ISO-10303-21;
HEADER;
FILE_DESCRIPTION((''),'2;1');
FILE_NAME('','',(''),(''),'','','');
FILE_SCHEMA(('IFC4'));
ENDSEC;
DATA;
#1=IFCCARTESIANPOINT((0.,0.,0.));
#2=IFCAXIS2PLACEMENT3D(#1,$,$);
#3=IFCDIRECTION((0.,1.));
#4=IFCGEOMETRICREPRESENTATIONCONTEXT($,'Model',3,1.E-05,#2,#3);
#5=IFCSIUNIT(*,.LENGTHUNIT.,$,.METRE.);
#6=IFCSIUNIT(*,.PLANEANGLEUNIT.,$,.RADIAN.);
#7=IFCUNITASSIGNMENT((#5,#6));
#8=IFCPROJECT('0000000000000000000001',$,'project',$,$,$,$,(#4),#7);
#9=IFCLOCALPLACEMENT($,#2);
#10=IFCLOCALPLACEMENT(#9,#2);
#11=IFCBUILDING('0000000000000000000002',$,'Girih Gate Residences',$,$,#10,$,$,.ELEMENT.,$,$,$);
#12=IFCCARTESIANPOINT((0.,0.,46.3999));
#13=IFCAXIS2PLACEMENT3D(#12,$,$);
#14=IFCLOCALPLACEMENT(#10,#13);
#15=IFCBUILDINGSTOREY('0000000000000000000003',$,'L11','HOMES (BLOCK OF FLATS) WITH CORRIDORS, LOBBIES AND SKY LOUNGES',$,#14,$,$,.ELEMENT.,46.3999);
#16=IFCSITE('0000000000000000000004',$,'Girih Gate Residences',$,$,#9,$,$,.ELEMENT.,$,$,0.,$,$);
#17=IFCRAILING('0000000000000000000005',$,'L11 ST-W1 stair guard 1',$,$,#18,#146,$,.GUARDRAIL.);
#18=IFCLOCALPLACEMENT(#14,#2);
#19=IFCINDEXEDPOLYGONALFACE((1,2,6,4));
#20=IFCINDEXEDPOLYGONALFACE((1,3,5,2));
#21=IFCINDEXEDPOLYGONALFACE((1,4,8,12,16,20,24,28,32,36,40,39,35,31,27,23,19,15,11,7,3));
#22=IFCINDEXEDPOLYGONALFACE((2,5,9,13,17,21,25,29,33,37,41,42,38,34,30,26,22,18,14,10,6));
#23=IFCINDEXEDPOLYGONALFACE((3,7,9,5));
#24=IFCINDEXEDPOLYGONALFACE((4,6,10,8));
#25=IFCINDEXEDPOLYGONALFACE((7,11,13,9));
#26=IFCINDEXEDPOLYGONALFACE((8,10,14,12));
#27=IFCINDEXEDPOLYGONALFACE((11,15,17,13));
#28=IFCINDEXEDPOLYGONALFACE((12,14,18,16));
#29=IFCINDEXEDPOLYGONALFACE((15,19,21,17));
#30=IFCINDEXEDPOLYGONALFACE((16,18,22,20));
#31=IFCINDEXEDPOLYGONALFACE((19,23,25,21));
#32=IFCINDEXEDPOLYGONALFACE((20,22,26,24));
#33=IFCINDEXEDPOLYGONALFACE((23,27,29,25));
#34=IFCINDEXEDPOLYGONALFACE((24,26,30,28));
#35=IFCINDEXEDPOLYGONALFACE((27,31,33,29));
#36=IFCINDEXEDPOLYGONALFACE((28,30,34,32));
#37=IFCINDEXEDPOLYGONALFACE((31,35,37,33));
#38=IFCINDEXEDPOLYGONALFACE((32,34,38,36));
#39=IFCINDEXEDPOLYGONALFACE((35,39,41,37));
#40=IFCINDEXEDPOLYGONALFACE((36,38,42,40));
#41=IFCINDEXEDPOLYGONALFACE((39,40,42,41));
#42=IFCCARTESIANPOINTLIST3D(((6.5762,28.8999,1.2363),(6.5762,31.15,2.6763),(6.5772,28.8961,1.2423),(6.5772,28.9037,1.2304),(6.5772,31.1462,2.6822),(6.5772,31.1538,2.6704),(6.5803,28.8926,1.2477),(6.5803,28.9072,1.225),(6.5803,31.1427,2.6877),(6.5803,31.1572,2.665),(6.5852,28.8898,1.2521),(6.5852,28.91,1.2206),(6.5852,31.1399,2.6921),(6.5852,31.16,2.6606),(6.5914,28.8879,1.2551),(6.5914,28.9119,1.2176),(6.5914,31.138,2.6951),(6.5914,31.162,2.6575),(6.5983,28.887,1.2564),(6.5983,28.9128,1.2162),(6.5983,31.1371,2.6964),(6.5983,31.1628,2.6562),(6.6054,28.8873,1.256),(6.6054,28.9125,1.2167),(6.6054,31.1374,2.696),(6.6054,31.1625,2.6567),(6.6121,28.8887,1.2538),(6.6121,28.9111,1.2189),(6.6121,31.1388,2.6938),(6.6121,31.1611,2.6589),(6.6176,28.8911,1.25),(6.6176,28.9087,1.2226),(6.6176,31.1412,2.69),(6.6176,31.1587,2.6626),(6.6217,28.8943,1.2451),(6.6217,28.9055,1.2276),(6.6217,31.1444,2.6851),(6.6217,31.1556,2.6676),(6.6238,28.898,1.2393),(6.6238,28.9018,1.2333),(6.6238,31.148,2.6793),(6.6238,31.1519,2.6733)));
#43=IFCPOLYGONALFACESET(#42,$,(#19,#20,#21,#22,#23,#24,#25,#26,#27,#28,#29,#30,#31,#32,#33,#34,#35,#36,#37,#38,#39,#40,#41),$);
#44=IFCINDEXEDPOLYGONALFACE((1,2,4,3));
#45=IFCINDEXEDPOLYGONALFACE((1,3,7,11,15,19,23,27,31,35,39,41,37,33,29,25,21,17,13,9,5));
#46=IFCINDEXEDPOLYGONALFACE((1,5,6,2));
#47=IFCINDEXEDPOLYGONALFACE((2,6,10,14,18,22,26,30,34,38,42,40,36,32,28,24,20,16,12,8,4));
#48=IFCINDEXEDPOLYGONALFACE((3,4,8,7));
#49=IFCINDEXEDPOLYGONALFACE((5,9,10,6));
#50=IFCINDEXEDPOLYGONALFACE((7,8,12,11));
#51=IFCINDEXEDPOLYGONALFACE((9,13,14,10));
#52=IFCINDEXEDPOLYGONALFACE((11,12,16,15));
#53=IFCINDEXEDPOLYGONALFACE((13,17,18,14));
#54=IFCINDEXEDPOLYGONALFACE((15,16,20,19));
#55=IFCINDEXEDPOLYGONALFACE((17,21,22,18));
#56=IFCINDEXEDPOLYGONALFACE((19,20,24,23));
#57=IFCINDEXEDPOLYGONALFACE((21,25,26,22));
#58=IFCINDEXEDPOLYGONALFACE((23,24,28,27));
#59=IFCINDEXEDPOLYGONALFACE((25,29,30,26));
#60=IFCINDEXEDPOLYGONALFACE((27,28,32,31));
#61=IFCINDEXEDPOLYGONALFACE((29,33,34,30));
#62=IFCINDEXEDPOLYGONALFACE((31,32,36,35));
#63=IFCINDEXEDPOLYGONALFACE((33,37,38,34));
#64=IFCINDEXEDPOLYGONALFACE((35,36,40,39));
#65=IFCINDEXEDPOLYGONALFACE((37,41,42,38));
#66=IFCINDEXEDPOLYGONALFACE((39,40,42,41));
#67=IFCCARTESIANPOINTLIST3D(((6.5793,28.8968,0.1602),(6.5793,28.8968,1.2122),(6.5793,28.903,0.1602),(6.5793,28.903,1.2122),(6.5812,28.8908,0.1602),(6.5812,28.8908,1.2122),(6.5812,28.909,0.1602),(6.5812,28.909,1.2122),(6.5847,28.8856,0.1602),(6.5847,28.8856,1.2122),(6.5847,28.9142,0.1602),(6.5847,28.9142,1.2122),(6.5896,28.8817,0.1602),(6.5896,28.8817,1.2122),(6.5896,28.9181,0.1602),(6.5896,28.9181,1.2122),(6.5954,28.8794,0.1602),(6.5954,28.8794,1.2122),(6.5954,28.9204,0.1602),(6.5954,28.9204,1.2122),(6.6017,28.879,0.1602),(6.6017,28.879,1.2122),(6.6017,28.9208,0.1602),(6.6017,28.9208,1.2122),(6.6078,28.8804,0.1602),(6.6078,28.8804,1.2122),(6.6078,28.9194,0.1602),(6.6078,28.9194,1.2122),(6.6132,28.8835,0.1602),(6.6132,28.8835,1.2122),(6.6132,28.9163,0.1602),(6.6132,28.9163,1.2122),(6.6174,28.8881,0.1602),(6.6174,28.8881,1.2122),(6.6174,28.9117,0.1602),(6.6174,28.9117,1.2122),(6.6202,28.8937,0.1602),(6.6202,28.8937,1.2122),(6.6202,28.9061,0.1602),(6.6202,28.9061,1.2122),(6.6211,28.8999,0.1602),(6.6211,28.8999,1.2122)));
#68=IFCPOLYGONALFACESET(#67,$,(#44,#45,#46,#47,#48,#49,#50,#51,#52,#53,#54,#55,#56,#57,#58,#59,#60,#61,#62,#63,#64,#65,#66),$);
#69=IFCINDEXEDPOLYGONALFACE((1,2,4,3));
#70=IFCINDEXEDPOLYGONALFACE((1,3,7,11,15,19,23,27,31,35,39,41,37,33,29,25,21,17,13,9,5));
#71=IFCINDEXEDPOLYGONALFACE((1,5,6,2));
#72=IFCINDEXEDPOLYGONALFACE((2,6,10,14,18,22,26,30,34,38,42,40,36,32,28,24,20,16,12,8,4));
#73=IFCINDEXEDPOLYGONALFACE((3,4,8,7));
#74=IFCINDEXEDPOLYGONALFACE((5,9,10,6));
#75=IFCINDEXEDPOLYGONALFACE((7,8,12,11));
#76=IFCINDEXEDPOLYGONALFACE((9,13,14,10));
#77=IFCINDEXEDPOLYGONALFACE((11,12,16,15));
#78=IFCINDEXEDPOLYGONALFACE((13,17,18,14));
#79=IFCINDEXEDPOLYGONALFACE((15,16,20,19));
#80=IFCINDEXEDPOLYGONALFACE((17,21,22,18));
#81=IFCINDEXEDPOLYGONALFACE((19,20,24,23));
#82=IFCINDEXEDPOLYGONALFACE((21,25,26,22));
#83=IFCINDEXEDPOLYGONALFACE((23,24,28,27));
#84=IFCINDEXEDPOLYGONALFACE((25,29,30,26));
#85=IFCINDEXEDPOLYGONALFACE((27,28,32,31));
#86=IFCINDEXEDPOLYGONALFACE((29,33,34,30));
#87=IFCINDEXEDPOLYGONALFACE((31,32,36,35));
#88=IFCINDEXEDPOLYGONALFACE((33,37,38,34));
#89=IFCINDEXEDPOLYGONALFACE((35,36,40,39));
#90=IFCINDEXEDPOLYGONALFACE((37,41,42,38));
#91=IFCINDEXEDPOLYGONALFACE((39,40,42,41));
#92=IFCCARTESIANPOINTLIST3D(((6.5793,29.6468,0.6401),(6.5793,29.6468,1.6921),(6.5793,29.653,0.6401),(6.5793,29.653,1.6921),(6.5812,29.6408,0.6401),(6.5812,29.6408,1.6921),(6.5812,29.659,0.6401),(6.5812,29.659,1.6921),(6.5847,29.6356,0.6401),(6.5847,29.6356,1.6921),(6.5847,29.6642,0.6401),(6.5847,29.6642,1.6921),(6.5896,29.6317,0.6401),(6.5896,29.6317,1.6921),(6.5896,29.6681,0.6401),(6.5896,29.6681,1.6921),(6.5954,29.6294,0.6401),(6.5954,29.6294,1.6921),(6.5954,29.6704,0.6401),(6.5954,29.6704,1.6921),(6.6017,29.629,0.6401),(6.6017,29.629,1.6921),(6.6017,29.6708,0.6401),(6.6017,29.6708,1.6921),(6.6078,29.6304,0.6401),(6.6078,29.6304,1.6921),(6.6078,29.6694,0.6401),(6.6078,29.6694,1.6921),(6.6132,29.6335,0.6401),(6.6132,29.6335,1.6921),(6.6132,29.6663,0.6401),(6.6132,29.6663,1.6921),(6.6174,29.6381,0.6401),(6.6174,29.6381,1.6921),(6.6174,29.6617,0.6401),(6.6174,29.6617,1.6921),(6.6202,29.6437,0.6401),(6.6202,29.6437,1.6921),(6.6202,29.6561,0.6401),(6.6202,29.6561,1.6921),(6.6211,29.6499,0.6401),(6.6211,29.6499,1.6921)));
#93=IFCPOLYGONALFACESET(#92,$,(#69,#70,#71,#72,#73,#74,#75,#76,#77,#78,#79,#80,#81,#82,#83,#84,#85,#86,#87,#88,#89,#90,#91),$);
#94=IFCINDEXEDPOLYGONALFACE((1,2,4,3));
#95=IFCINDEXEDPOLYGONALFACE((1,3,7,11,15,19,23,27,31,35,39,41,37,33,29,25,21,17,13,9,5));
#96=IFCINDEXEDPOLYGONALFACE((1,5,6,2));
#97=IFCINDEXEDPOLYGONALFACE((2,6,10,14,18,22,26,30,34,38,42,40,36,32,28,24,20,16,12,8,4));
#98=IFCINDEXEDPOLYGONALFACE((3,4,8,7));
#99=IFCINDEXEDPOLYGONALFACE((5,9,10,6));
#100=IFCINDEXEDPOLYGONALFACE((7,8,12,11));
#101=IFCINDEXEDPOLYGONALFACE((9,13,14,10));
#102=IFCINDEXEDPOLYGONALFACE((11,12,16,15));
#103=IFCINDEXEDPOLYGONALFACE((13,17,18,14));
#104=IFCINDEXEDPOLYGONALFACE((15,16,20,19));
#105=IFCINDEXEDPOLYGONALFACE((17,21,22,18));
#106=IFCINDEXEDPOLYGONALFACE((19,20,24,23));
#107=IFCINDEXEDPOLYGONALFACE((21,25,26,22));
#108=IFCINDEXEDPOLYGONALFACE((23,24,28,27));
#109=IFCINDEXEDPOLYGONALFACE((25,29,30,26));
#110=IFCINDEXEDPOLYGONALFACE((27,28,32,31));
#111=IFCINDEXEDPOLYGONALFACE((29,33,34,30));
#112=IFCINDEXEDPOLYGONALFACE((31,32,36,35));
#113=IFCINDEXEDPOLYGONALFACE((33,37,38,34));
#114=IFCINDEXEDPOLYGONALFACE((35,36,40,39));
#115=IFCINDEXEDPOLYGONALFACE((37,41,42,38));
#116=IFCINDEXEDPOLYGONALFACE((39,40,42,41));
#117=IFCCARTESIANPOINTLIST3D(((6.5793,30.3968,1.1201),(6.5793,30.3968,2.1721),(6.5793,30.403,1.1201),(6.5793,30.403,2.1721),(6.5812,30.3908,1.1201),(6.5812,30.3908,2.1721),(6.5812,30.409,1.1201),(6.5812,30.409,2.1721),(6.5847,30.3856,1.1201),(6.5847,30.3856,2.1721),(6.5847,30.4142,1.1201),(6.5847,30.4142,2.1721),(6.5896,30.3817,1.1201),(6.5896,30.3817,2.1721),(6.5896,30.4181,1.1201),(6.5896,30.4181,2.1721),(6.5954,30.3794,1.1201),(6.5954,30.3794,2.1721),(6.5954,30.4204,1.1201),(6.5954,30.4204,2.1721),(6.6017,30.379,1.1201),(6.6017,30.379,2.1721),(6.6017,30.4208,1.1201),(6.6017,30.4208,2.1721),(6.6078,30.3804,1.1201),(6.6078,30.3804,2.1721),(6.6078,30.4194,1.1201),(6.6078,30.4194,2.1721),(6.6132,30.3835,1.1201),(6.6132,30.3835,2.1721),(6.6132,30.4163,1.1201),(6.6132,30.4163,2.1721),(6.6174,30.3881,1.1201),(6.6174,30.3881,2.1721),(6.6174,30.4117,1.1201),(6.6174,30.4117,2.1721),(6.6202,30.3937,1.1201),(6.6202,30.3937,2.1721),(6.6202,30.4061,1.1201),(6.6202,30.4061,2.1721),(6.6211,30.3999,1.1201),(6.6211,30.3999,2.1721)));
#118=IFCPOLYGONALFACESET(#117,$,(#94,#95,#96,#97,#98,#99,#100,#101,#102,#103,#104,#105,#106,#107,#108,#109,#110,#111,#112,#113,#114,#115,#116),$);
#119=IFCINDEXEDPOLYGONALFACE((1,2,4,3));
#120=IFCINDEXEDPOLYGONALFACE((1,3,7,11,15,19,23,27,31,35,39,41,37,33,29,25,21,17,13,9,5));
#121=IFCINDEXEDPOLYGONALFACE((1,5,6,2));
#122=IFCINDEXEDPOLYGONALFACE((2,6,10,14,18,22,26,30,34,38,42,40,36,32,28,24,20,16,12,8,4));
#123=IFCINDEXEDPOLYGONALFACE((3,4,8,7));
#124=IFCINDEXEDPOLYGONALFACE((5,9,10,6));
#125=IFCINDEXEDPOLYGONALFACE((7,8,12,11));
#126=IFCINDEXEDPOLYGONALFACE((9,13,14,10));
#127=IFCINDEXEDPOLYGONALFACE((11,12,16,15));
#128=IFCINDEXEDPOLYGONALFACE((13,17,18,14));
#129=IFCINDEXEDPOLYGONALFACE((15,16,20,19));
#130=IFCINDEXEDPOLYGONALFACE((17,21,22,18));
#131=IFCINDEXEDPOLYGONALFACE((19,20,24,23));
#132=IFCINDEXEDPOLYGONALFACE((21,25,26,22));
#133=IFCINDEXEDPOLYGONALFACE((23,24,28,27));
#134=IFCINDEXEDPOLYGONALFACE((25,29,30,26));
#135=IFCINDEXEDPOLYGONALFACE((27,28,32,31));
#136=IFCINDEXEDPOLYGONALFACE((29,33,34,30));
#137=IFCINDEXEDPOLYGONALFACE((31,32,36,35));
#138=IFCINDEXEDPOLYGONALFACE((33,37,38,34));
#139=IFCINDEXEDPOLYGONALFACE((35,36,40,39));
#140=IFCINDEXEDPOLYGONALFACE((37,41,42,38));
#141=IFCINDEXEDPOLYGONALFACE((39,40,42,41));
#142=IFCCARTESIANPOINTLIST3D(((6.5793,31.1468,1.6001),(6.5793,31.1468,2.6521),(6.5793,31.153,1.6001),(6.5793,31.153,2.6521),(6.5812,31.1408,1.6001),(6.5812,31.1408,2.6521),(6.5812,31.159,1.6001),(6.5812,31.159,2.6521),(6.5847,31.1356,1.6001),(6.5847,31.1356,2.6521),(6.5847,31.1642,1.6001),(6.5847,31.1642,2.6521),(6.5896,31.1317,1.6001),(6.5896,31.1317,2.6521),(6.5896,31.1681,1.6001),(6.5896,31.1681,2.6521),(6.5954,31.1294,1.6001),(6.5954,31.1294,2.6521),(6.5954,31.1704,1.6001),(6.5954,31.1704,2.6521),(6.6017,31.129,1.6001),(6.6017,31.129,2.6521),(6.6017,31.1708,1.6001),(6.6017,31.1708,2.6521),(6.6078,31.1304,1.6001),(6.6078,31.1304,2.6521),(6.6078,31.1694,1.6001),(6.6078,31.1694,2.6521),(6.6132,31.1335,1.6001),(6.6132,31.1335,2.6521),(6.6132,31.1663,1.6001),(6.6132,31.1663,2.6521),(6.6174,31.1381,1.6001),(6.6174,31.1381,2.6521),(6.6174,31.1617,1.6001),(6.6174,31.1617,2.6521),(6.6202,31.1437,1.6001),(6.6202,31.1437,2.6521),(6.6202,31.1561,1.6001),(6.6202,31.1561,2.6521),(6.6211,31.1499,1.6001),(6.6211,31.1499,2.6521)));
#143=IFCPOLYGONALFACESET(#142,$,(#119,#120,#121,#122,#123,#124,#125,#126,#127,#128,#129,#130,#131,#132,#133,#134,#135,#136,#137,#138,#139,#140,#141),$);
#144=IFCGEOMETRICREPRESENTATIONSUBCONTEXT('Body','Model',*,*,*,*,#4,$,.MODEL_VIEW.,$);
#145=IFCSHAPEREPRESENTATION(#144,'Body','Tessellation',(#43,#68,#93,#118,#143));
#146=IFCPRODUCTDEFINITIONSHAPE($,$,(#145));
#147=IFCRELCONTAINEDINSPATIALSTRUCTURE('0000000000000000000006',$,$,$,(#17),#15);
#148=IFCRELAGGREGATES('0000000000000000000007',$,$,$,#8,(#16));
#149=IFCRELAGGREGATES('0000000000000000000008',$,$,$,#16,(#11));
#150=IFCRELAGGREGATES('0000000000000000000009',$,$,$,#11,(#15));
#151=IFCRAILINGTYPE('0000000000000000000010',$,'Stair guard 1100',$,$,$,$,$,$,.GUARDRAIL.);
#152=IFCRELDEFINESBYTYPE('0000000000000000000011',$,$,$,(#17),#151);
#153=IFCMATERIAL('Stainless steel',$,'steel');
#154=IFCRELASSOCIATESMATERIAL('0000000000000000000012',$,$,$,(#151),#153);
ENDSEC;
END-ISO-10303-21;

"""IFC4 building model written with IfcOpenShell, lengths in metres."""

from ifc_helpers import new_model, si_unit, direction, frame, origin, origin_2d, place, context, subcontext, project, spatial, circle, extrude, material, type_object, element, save


model = new_model("IFC4")

# Units and contexts
model_context = context("Model", 3, precision=1e-05, world=origin(), true_north=direction((0.0, 1.0)))
body_context = subcontext(model_context, "Body", "Model", "MODEL_VIEW")
ifc_project = project(units=[si_unit("LENGTHUNIT", "METRE"), si_unit("PLANEANGLEUNIT", "RADIAN")], contexts=[model_context])

# Site, building, storey
site_placement = place(None, origin())
site = spatial("IfcSite", under=ifc_project, at=site_placement, Name="Girih Gate Residences", CompositionType="ELEMENT", RefElevation=0.0)
building_placement = place(site_placement, origin())
building = spatial("IfcBuilding", under=site, at=building_placement, Name="Girih Gate Residences", CompositionType="ELEMENT")
storey_placement = place(building_placement, frame((0.0, 0.0, 46.3999)))
storey = spatial("IfcBuildingStorey", under=building, at=storey_placement, Name="L11", Description="HOMES (BLOCK OF FLATS) WITH CORRIDORS, LOBBIES AND SKY LOUNGES", CompositionType="ELEMENT", Elevation=46.3999)

# Railing
ifc_material_1 = material(Name="Stainless steel", Category="steel")
railing_type_1 = type_object("IfcRailingType", Name="Stair guard 1100", PredefinedType="GUARDRAIL", material=ifc_material_1)
railing_1_placement = place(storey_placement, frame((6.6001, 28.8999, 0.1602)))
element("IfcRailing", 1, at=railing_1_placement, inside=storey, type_object=railing_type_1, Name="L11 ST-W1 stair guard 1", PredefinedType="GUARDRAIL", context=body_context, shape_type="SweptSolid", body=[
    extrude(circle(Radius=0.0239, at=origin_2d()), frame((0.0, 0.0, 1.0762), z_axis=(0.0, 0.842281, 0.539038), x_axis=(-1.0, 0.0, 0.0)), (0.0, 0.0, 1.0), 2.6714),
    extrude(circle(Radius=0.021, at=origin_2d()), origin(), (0.0, 0.0, 1.0), 1.052),
    extrude(circle(Radius=0.021, at=origin_2d()), frame((0.0, 0.75, 0.48)), (0.0, 0.0, 1.0), 1.052),
    extrude(circle(Radius=0.021, at=origin_2d()), frame((0.0, 1.5, 0.96)), (0.0, 0.0, 1.0), 1.052),
    extrude(circle(Radius=0.021, at=origin_2d()), frame((0.0, 2.25, 1.4399)), (0.0, 0.0, 1.0), 1.052),
])

save(model, "model.ifc")
